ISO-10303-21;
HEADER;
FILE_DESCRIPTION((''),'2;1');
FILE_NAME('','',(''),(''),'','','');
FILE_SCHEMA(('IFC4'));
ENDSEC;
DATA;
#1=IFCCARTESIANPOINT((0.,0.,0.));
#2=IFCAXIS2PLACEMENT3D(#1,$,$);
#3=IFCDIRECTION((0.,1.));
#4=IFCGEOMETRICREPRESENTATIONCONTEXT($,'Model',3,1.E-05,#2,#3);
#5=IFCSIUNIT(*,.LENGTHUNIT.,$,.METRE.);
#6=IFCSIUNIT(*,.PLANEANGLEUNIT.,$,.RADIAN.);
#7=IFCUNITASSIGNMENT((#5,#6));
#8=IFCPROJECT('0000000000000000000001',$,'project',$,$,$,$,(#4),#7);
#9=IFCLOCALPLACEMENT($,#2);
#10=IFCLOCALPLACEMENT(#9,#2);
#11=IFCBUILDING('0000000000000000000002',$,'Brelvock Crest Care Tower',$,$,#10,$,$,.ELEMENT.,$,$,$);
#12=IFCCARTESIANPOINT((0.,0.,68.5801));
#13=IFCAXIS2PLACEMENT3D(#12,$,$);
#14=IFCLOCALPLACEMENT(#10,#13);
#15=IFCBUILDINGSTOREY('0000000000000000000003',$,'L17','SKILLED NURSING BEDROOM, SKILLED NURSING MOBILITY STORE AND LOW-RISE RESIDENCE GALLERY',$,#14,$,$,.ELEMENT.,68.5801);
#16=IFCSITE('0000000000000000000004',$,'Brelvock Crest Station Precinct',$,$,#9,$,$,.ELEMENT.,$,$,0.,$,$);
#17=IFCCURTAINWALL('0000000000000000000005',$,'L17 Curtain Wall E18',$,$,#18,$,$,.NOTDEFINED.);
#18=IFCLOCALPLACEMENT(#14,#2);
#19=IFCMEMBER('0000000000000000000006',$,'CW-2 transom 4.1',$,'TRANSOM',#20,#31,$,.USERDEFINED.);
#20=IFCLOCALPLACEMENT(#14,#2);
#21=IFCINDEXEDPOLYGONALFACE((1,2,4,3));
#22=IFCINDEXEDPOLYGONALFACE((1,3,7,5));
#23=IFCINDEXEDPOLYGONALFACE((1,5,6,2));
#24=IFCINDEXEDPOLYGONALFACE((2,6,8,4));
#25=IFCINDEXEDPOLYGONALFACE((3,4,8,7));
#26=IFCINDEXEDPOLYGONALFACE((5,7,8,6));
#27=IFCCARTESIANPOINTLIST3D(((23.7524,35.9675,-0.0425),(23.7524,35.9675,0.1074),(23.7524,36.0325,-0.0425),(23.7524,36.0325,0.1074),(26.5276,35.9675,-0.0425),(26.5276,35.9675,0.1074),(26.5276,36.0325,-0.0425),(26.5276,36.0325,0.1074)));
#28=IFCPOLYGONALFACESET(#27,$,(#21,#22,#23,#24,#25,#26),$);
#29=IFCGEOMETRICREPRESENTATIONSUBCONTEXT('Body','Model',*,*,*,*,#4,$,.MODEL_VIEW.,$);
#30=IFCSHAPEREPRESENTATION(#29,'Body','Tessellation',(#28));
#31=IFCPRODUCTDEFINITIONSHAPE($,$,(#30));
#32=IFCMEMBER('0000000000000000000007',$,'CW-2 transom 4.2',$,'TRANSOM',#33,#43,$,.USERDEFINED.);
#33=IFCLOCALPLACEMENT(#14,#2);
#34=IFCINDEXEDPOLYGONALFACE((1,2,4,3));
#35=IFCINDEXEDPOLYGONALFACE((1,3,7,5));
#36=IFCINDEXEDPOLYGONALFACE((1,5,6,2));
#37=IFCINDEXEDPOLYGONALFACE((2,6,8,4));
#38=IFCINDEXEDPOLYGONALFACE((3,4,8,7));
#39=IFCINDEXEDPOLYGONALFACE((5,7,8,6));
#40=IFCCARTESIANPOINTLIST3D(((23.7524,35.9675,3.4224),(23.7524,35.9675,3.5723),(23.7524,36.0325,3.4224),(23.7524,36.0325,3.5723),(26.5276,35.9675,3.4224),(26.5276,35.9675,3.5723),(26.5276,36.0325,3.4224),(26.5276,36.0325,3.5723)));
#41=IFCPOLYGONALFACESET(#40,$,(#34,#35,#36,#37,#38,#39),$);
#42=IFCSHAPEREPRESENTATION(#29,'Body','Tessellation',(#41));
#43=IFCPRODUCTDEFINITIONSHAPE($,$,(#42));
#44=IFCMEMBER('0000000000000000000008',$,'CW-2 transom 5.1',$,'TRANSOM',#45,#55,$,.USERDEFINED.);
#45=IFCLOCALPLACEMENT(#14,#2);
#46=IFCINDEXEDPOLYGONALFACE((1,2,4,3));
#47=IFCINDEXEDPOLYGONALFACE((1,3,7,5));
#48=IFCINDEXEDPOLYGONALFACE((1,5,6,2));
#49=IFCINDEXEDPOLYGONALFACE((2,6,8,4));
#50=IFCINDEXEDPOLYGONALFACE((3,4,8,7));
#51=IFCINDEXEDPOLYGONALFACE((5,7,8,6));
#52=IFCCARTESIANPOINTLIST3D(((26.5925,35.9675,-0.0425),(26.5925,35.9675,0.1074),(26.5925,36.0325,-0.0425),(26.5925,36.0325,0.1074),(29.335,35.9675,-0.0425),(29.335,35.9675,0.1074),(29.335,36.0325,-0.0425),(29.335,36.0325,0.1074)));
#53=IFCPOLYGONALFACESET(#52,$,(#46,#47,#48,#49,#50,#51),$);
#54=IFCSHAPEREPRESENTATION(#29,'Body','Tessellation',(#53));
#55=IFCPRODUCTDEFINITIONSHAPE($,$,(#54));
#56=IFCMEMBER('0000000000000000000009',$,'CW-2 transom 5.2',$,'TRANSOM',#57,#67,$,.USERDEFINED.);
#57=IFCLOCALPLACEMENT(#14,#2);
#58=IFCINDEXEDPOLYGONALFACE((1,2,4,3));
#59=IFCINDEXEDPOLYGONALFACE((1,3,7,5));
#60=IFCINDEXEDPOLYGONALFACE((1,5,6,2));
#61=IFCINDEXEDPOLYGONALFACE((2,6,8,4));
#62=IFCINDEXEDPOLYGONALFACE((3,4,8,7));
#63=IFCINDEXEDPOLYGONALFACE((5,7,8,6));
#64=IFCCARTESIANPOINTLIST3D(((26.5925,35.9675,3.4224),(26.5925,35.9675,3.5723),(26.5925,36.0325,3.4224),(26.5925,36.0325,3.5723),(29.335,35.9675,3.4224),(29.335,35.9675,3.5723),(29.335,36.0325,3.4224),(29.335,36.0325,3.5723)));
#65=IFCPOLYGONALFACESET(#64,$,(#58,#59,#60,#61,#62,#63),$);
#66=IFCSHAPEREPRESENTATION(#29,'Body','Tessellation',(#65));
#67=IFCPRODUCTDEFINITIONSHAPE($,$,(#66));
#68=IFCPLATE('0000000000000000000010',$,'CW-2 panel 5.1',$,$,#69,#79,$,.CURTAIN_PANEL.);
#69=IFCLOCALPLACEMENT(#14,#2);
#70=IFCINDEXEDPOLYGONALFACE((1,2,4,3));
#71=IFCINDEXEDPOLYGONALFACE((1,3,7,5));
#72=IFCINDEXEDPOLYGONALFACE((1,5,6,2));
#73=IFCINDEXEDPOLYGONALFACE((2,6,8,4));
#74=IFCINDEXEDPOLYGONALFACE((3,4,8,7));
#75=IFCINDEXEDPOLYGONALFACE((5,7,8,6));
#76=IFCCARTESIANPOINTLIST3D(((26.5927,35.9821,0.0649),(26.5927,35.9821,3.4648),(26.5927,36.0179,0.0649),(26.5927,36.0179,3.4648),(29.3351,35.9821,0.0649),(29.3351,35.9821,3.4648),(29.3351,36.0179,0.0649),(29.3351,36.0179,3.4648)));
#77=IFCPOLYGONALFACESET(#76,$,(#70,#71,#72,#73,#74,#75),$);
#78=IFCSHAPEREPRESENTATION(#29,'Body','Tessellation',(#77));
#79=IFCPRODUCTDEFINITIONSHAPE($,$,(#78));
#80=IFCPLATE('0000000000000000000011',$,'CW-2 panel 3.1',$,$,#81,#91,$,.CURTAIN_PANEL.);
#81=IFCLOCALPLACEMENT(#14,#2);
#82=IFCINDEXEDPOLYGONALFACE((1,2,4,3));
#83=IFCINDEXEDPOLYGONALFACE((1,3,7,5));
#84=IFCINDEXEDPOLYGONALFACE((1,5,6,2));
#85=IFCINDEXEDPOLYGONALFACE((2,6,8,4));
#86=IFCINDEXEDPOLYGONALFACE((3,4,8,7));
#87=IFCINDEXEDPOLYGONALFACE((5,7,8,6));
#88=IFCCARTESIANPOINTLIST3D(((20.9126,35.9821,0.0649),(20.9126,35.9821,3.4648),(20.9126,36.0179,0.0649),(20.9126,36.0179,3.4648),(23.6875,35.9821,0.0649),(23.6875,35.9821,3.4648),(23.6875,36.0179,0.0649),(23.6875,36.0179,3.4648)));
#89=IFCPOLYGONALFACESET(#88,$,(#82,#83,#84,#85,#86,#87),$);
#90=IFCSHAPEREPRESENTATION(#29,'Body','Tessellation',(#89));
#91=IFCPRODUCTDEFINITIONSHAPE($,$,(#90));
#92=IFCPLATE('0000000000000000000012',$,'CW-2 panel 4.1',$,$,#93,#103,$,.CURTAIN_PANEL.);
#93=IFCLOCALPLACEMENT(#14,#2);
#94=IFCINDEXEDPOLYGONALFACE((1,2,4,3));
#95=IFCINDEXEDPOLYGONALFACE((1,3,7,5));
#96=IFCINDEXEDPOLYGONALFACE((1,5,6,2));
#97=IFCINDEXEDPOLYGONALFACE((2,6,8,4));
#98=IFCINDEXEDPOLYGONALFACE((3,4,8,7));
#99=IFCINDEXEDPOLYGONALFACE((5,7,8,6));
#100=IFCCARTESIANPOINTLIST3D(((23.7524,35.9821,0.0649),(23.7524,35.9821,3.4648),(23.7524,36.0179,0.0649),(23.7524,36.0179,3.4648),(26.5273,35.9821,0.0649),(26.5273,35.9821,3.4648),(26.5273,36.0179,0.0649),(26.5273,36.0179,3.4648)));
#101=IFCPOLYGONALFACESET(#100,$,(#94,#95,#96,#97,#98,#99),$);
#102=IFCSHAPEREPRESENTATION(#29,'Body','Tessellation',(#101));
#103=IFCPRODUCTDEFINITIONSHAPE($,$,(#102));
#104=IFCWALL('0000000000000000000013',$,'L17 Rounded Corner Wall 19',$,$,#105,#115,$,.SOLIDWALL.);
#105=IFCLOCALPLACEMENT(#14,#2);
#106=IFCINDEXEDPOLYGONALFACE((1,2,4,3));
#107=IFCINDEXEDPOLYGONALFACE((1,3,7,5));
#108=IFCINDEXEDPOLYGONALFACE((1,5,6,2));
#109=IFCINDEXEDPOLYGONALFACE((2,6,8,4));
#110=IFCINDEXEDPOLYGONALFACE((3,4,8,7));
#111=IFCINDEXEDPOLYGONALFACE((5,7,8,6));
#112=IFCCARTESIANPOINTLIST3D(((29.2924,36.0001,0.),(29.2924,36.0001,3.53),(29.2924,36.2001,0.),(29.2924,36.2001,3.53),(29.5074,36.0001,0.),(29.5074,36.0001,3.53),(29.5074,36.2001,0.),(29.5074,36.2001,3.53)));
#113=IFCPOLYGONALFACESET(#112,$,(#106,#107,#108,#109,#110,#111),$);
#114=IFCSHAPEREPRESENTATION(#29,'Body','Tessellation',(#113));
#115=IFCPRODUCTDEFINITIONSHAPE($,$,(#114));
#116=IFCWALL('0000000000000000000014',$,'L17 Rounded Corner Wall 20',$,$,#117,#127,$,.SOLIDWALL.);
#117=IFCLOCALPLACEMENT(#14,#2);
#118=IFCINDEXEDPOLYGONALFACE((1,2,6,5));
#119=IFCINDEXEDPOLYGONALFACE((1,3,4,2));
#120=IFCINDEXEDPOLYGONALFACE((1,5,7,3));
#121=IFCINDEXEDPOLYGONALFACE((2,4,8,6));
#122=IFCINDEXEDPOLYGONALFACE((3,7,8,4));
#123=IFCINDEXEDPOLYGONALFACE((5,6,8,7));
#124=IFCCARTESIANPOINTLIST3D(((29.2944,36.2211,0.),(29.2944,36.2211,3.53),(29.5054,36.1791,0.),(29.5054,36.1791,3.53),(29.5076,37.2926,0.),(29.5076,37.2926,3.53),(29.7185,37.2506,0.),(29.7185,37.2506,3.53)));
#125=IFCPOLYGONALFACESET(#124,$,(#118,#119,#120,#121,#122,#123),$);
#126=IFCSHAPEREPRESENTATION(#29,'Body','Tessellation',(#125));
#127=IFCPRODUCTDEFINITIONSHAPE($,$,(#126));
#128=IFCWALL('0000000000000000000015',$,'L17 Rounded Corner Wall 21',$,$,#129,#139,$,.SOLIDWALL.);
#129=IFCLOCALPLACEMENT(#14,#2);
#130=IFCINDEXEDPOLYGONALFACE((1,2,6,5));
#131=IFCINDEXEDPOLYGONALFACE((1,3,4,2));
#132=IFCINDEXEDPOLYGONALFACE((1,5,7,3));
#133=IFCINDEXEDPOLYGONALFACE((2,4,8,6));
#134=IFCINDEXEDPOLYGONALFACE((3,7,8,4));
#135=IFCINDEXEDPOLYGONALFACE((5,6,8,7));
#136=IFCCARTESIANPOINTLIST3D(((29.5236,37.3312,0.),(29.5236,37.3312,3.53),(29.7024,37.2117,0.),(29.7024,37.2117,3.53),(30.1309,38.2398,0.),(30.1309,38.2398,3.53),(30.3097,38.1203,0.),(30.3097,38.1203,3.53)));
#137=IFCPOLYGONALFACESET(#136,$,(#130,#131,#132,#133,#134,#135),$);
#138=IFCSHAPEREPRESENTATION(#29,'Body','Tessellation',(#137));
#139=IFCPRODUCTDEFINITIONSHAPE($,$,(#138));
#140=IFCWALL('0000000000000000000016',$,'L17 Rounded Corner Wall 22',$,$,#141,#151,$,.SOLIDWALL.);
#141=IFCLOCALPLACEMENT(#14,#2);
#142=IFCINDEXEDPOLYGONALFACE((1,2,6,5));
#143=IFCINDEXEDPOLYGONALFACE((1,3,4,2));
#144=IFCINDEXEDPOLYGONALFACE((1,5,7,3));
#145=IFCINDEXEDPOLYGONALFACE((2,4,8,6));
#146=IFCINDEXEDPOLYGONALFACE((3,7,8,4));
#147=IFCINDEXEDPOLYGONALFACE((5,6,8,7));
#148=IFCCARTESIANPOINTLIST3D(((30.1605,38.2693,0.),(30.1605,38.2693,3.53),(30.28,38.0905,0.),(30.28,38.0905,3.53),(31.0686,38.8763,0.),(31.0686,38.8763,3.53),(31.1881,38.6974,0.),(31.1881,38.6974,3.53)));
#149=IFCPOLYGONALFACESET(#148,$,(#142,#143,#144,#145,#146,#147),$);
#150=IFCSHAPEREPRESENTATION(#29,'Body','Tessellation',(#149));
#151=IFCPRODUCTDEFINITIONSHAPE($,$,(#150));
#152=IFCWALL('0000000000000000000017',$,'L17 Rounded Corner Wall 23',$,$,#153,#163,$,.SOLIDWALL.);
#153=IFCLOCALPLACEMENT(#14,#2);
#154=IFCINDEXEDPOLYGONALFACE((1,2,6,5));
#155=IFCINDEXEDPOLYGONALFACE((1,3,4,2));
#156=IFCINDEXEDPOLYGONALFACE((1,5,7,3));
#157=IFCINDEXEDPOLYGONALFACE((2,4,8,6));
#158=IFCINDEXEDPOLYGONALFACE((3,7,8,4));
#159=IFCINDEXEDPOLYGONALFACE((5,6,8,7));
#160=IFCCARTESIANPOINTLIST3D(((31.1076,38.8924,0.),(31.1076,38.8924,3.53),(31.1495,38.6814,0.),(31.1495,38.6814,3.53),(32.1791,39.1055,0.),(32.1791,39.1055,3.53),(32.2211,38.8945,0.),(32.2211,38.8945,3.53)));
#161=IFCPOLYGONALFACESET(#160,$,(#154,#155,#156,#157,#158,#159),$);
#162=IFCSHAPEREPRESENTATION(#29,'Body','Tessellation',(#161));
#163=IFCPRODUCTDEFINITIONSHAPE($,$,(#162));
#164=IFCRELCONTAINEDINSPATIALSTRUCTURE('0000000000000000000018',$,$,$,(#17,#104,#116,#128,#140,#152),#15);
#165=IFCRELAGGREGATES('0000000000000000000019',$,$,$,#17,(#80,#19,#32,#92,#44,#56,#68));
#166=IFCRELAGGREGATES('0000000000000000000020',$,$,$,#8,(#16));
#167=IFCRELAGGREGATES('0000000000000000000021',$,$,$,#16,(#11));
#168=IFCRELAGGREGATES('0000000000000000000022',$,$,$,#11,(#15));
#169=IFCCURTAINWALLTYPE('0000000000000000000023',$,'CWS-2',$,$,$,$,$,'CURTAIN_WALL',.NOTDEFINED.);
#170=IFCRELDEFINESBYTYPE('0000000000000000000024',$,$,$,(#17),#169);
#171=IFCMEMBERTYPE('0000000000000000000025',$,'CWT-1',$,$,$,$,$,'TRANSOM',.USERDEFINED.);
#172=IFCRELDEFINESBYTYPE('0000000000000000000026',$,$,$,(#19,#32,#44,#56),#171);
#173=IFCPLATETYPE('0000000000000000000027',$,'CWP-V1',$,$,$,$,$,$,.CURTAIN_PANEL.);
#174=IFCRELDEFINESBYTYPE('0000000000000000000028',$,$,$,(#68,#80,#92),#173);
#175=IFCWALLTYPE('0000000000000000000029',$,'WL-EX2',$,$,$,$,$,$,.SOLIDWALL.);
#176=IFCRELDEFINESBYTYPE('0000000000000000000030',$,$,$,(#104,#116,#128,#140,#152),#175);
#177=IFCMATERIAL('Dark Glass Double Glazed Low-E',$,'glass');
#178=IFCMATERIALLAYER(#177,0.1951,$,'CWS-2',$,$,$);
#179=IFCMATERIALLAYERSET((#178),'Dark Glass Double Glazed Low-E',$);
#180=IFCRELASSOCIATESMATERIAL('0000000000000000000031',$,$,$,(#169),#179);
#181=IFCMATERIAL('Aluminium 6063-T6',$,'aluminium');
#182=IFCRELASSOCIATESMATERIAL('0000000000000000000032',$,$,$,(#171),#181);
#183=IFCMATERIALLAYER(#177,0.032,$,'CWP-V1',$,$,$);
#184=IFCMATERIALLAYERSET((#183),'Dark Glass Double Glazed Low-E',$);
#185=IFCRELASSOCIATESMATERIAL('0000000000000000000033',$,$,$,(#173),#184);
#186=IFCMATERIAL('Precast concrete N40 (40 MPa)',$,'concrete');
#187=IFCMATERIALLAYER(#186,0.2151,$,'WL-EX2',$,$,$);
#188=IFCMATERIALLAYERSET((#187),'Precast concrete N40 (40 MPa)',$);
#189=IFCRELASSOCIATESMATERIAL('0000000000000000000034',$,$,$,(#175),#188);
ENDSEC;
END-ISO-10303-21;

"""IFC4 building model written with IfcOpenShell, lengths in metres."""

from ifc_helpers import new_model, si_unit, direction, frame, frame_2d, origin, origin_2d, place, context, subcontext, project, spatial, rectangle, extrude, source, transform, mapped, material, layer, layer_set, material_profile, profile_set, type_object, element, aggregate, save


model = new_model("IFC4")

# Units and contexts
model_context = context("Model", 3, precision=1e-05, world=origin(), true_north=direction((0.0, 1.0)))
body_context = subcontext(model_context, "Body", "Model", "MODEL_VIEW")
ifc_project = project(units=[si_unit("LENGTHUNIT", "METRE"), si_unit("PLANEANGLEUNIT", "RADIAN")], contexts=[model_context])

# Site, building, storey
site_placement = place(None, origin())
site = spatial("IfcSite", under=ifc_project, at=site_placement, Name="Brelvock Crest Station Precinct", CompositionType="ELEMENT", RefElevation=0.0)
building_placement = place(site_placement, origin())
building = spatial("IfcBuilding", under=site, at=building_placement, Name="Brelvock Crest Care Tower", CompositionType="ELEMENT")
storey_placement = place(building_placement, frame((0.0, 0.0, 68.5801)))
storey = spatial("IfcBuildingStorey", under=building, at=storey_placement, Name="L17", Description="SKILLED NURSING BEDROOM, SKILLED NURSING MOBILITY STORE AND LOW-RISE RESIDENCE GALLERY", CompositionType="ELEMENT", Elevation=68.5801)

# Curtain wall, members, plates
ifc_material_1 = material(Name="Dark Glass Double Glazed Low-E", Category="glass")
ifc_layer_1 = layer(ifc_material_1, 0.1951, Name="CWS-2")
ifc_layer_set_1 = layer_set([ifc_layer_1], Name="Dark Glass Double Glazed Low-E")
curtain_wall_type = type_object("IfcCurtainWallType", Name="CWS-2", ElementType="CURTAIN_WALL", PredefinedType="NOTDEFINED", material=ifc_layer_set_1)
curtain_wall_placement = place(storey_placement, origin())
curtain_wall = element("IfcCurtainWall", 1, at=curtain_wall_placement, inside=storey, type_object=curtain_wall_type, Name="L17 Curtain Wall E18", PredefinedType="NOTDEFINED")
ifc_material_2 = material(Name="Aluminium 6063-T6", Category="aluminium")
ifc_material_profile_1 = material_profile(ifc_material_2, rectangle(XDim=0.0649, YDim=0.1499, at=origin_2d()), Name="ALU65x150")
ifc_profile_set_1 = profile_set([ifc_material_profile_1], Name="Aluminium 6063-T6")
member_type_1 = type_object("IfcMemberType", Name="CWT-1", ElementType="TRANSOM", PredefinedType="USERDEFINED", material=ifc_profile_set_1)
shared_shape_1 = source(origin(), body_context, "Body", "SweptSolid", [
    extrude(rectangle(XDim=0.0649, YDim=0.1499, at=origin_2d()), origin(), (0.0, 0.0, 1.0), 2.7751),
])
member_1_placement = place(storey_placement, frame((23.7524, 36.0, 0.0325), z_axis=(1.0, 0.0, 0.0), x_axis=(0.0, 1.0, 0.0)))
member_1 = element("IfcMember", 2, at=member_1_placement, type_object=member_type_1, Name="CW-2 transom 4.1", ObjectType="TRANSOM", PredefinedType="USERDEFINED", context=body_context, shape_type="MappedRepresentation", body=[
    mapped(shared_shape_1, transform((0.0, 0.0, 0.0), x_axis=(1.0, 0.0, 0.0), y_axis=(0.0, 1.0, 0.0), z_axis=(0.0, 0.0, 1.0), scale=1.0)),
])
member_2_placement = place(storey_placement, frame((23.7524, 36.0, 3.4973), z_axis=(1.0, 0.0, 0.0), x_axis=(0.0, 1.0, 0.0)))
member_2 = element("IfcMember", 3, at=member_2_placement, type_object=member_type_1, Name="CW-2 transom 4.2", ObjectType="TRANSOM", PredefinedType="USERDEFINED", context=body_context, shape_type="MappedRepresentation", body=[
    mapped(shared_shape_1, transform((0.0, 0.0, 0.0), x_axis=(1.0, 0.0, 0.0), y_axis=(0.0, 1.0, 0.0), z_axis=(0.0, 0.0, 1.0), scale=1.0)),
])
shared_shape_2 = source(origin(), body_context, "Body", "SweptSolid", [
    extrude(rectangle(XDim=0.0649, YDim=0.1499, at=origin_2d()), origin(), (0.0, 0.0, 1.0), 2.7424),
])
member_3_placement = place(storey_placement, frame((26.5925, 36.0, 0.0325), z_axis=(1.0, 0.0, 0.0), x_axis=(0.0, 1.0, 0.0)))
member_3 = element("IfcMember", 4, at=member_3_placement, type_object=member_type_1, Name="CW-2 transom 5.1", ObjectType="TRANSOM", PredefinedType="USERDEFINED", context=body_context, shape_type="MappedRepresentation", body=[
    mapped(shared_shape_2, transform((0.0, 0.0, 0.0), x_axis=(1.0, 0.0, 0.0), y_axis=(0.0, 1.0, 0.0), z_axis=(0.0, 0.0, 1.0), scale=1.0)),
])
member_4_placement = place(storey_placement, frame((26.5925, 36.0, 3.4973), z_axis=(1.0, 0.0, 0.0), x_axis=(0.0, 1.0, 0.0)))
member_4 = element("IfcMember", 5, at=member_4_placement, type_object=member_type_1, Name="CW-2 transom 5.2", ObjectType="TRANSOM", PredefinedType="USERDEFINED", context=body_context, shape_type="MappedRepresentation", body=[
    mapped(shared_shape_2, transform((0.0, 0.0, 0.0), x_axis=(1.0, 0.0, 0.0), y_axis=(0.0, 1.0, 0.0), z_axis=(0.0, 0.0, 1.0), scale=1.0)),
])
ifc_layer_2 = layer(ifc_material_1, 0.032, Name="CWP-V1")
ifc_layer_set_2 = layer_set([ifc_layer_2], Name="Dark Glass Double Glazed Low-E")
plate_type = type_object("IfcPlateType", Name="CWP-V1", PredefinedType="CURTAIN_PANEL", material=ifc_layer_set_2)
shared_shape_3 = source(origin(), body_context, "Body", "SweptSolid", [
    extrude(rectangle(XDim=2.7424, YDim=0.0359, at=origin_2d()), origin(), (0.0, 0.0, 1.0), 3.3999),
])
plate_1_placement = place(storey_placement, frame((27.9639, 36.0, 0.0649), z_axis=(0.0, 0.0, 1.0), x_axis=(1.0, 0.0, 0.0)))
plate_1 = element("IfcPlate", 6, at=plate_1_placement, type_object=plate_type, Name="CW-2 panel 5.1", PredefinedType="CURTAIN_PANEL", context=body_context, shape_type="MappedRepresentation", body=[
    mapped(shared_shape_3, transform((0.0, 0.0, 0.0), x_axis=(1.0, 0.0, 0.0), y_axis=(0.0, 1.0, 0.0), z_axis=(0.0, 0.0, 1.0), scale=1.0)),
])
shared_shape_4 = source(origin(), body_context, "Body", "SweptSolid", [
    extrude(rectangle(XDim=2.7749, YDim=0.0359, at=origin_2d()), origin(), (0.0, 0.0, 1.0), 3.3999),
])
plate_2_placement = place(storey_placement, frame((22.3, 36.0, 0.0649), z_axis=(0.0, 0.0, 1.0), x_axis=(1.0, 0.0, 0.0)))
plate_2 = element("IfcPlate", 7, at=plate_2_placement, type_object=plate_type, Name="CW-2 panel 3.1", PredefinedType="CURTAIN_PANEL", context=body_context, shape_type="MappedRepresentation", body=[
    mapped(shared_shape_4, transform((0.0, 0.0, 0.0), x_axis=(1.0, 0.0, 0.0), y_axis=(0.0, 1.0, 0.0), z_axis=(0.0, 0.0, 1.0), scale=1.0)),
])
plate_3_placement = place(storey_placement, frame((25.1399, 36.0, 0.0649), z_axis=(0.0, 0.0, 1.0), x_axis=(1.0, 0.0, 0.0)))
plate_3 = element("IfcPlate", 8, at=plate_3_placement, type_object=plate_type, Name="CW-2 panel 4.1", PredefinedType="CURTAIN_PANEL", context=body_context, shape_type="MappedRepresentation", body=[
    mapped(shared_shape_4, transform((0.0, 0.0, 0.0), x_axis=(1.0, 0.0, 0.0), y_axis=(0.0, 1.0, 0.0), z_axis=(0.0, 0.0, 1.0), scale=1.0)),
])
aggregate(curtain_wall, [plate_2, member_1, member_2, plate_3, member_3, member_4, plate_1])

# Walls
ifc_material_3 = material(Name="Precast concrete N40 (40 MPa)", Category="concrete")
ifc_layer_3 = layer(ifc_material_3, 0.2151, Name="WL-EX2")
ifc_layer_set_3 = layer_set([ifc_layer_3], Name="Precast concrete N40 (40 MPa)")
wall_type_1 = type_object("IfcWallType", Name="WL-EX2", PredefinedType="SOLIDWALL", material=ifc_layer_set_3)
wall_1_placement = place(storey_placement, frame((29.3999, 36.0, 0.0), z_axis=(0.0, 0.0, 1.0), x_axis=(0.0, 1.0, 0.0)))
element("IfcWall", 9, at=wall_1_placement, inside=storey, type_object=wall_type_1, Name="L17 Rounded Corner Wall 19", PredefinedType="SOLIDWALL", context=body_context, shape_type="SweptSolid", body=[
    extrude(rectangle(XDim=0.2, YDim=0.2151, at=frame_2d((0.1001, 0.0))), origin(), (0.0, 0.0, 1.0), 3.53),
])
wall_2_placement = place(storey_placement, frame((29.3999, 36.2, 0.0), z_axis=(0.0, 0.0, 1.0), x_axis=(0.195085, 0.980786, 0.0)))
element("IfcWall", 10, at=wall_2_placement, inside=storey, type_object=wall_type_1, Name="L17 Rounded Corner Wall 20", PredefinedType="SOLIDWALL", context=body_context, shape_type="SweptSolid", body=[
    extrude(rectangle(XDim=1.0925, YDim=0.2151, at=frame_2d((0.5464, 0.0))), origin(), (0.0, 0.0, 1.0), 3.53),
])
wall_3_placement = place(storey_placement, frame((29.613, 37.2715, 0.0), z_axis=(0.0, 0.0, 1.0), x_axis=(0.555679, 0.831397, 0.0)))
element("IfcWall", 11, at=wall_3_placement, inside=storey, type_object=wall_type_1, Name="L17 Rounded Corner Wall 21", PredefinedType="SOLIDWALL", context=body_context, shape_type="SweptSolid", body=[
    extrude(rectangle(XDim=1.0928, YDim=0.2151, at=frame_2d((0.5464, 0.0))), origin(), (0.0, 0.0, 1.0), 3.53),
])
wall_4_placement = place(storey_placement, frame((30.2202, 38.1799, 0.0), z_axis=(0.0, 0.0, 1.0), x_axis=(0.831431, 0.555628, 0.0)))
element("IfcWall", 12, at=wall_4_placement, inside=storey, type_object=wall_type_1, Name="L17 Rounded Corner Wall 22", PredefinedType="SOLIDWALL", context=body_context, shape_type="SweptSolid", body=[
    extrude(rectangle(XDim=1.0923, YDim=0.2151, at=frame_2d((0.5461, 0.0))), origin(), (0.0, 0.0, 1.0), 3.53),
])
wall_5_placement = place(storey_placement, frame((31.1284, 38.7869, 0.0), z_axis=(0.0, 0.0, 1.0), x_axis=(0.980786, 0.195085, 0.0)))
element("IfcWall", 13, at=wall_5_placement, inside=storey, type_object=wall_type_1, Name="L17 Rounded Corner Wall 23", PredefinedType="SOLIDWALL", context=body_context, shape_type="SweptSolid", body=[
    extrude(rectangle(XDim=1.0925, YDim=0.2151, at=frame_2d((0.5464, 0.0))), origin(), (0.0, 0.0, 1.0), 3.53),
])

save(model, "model.ifc")
